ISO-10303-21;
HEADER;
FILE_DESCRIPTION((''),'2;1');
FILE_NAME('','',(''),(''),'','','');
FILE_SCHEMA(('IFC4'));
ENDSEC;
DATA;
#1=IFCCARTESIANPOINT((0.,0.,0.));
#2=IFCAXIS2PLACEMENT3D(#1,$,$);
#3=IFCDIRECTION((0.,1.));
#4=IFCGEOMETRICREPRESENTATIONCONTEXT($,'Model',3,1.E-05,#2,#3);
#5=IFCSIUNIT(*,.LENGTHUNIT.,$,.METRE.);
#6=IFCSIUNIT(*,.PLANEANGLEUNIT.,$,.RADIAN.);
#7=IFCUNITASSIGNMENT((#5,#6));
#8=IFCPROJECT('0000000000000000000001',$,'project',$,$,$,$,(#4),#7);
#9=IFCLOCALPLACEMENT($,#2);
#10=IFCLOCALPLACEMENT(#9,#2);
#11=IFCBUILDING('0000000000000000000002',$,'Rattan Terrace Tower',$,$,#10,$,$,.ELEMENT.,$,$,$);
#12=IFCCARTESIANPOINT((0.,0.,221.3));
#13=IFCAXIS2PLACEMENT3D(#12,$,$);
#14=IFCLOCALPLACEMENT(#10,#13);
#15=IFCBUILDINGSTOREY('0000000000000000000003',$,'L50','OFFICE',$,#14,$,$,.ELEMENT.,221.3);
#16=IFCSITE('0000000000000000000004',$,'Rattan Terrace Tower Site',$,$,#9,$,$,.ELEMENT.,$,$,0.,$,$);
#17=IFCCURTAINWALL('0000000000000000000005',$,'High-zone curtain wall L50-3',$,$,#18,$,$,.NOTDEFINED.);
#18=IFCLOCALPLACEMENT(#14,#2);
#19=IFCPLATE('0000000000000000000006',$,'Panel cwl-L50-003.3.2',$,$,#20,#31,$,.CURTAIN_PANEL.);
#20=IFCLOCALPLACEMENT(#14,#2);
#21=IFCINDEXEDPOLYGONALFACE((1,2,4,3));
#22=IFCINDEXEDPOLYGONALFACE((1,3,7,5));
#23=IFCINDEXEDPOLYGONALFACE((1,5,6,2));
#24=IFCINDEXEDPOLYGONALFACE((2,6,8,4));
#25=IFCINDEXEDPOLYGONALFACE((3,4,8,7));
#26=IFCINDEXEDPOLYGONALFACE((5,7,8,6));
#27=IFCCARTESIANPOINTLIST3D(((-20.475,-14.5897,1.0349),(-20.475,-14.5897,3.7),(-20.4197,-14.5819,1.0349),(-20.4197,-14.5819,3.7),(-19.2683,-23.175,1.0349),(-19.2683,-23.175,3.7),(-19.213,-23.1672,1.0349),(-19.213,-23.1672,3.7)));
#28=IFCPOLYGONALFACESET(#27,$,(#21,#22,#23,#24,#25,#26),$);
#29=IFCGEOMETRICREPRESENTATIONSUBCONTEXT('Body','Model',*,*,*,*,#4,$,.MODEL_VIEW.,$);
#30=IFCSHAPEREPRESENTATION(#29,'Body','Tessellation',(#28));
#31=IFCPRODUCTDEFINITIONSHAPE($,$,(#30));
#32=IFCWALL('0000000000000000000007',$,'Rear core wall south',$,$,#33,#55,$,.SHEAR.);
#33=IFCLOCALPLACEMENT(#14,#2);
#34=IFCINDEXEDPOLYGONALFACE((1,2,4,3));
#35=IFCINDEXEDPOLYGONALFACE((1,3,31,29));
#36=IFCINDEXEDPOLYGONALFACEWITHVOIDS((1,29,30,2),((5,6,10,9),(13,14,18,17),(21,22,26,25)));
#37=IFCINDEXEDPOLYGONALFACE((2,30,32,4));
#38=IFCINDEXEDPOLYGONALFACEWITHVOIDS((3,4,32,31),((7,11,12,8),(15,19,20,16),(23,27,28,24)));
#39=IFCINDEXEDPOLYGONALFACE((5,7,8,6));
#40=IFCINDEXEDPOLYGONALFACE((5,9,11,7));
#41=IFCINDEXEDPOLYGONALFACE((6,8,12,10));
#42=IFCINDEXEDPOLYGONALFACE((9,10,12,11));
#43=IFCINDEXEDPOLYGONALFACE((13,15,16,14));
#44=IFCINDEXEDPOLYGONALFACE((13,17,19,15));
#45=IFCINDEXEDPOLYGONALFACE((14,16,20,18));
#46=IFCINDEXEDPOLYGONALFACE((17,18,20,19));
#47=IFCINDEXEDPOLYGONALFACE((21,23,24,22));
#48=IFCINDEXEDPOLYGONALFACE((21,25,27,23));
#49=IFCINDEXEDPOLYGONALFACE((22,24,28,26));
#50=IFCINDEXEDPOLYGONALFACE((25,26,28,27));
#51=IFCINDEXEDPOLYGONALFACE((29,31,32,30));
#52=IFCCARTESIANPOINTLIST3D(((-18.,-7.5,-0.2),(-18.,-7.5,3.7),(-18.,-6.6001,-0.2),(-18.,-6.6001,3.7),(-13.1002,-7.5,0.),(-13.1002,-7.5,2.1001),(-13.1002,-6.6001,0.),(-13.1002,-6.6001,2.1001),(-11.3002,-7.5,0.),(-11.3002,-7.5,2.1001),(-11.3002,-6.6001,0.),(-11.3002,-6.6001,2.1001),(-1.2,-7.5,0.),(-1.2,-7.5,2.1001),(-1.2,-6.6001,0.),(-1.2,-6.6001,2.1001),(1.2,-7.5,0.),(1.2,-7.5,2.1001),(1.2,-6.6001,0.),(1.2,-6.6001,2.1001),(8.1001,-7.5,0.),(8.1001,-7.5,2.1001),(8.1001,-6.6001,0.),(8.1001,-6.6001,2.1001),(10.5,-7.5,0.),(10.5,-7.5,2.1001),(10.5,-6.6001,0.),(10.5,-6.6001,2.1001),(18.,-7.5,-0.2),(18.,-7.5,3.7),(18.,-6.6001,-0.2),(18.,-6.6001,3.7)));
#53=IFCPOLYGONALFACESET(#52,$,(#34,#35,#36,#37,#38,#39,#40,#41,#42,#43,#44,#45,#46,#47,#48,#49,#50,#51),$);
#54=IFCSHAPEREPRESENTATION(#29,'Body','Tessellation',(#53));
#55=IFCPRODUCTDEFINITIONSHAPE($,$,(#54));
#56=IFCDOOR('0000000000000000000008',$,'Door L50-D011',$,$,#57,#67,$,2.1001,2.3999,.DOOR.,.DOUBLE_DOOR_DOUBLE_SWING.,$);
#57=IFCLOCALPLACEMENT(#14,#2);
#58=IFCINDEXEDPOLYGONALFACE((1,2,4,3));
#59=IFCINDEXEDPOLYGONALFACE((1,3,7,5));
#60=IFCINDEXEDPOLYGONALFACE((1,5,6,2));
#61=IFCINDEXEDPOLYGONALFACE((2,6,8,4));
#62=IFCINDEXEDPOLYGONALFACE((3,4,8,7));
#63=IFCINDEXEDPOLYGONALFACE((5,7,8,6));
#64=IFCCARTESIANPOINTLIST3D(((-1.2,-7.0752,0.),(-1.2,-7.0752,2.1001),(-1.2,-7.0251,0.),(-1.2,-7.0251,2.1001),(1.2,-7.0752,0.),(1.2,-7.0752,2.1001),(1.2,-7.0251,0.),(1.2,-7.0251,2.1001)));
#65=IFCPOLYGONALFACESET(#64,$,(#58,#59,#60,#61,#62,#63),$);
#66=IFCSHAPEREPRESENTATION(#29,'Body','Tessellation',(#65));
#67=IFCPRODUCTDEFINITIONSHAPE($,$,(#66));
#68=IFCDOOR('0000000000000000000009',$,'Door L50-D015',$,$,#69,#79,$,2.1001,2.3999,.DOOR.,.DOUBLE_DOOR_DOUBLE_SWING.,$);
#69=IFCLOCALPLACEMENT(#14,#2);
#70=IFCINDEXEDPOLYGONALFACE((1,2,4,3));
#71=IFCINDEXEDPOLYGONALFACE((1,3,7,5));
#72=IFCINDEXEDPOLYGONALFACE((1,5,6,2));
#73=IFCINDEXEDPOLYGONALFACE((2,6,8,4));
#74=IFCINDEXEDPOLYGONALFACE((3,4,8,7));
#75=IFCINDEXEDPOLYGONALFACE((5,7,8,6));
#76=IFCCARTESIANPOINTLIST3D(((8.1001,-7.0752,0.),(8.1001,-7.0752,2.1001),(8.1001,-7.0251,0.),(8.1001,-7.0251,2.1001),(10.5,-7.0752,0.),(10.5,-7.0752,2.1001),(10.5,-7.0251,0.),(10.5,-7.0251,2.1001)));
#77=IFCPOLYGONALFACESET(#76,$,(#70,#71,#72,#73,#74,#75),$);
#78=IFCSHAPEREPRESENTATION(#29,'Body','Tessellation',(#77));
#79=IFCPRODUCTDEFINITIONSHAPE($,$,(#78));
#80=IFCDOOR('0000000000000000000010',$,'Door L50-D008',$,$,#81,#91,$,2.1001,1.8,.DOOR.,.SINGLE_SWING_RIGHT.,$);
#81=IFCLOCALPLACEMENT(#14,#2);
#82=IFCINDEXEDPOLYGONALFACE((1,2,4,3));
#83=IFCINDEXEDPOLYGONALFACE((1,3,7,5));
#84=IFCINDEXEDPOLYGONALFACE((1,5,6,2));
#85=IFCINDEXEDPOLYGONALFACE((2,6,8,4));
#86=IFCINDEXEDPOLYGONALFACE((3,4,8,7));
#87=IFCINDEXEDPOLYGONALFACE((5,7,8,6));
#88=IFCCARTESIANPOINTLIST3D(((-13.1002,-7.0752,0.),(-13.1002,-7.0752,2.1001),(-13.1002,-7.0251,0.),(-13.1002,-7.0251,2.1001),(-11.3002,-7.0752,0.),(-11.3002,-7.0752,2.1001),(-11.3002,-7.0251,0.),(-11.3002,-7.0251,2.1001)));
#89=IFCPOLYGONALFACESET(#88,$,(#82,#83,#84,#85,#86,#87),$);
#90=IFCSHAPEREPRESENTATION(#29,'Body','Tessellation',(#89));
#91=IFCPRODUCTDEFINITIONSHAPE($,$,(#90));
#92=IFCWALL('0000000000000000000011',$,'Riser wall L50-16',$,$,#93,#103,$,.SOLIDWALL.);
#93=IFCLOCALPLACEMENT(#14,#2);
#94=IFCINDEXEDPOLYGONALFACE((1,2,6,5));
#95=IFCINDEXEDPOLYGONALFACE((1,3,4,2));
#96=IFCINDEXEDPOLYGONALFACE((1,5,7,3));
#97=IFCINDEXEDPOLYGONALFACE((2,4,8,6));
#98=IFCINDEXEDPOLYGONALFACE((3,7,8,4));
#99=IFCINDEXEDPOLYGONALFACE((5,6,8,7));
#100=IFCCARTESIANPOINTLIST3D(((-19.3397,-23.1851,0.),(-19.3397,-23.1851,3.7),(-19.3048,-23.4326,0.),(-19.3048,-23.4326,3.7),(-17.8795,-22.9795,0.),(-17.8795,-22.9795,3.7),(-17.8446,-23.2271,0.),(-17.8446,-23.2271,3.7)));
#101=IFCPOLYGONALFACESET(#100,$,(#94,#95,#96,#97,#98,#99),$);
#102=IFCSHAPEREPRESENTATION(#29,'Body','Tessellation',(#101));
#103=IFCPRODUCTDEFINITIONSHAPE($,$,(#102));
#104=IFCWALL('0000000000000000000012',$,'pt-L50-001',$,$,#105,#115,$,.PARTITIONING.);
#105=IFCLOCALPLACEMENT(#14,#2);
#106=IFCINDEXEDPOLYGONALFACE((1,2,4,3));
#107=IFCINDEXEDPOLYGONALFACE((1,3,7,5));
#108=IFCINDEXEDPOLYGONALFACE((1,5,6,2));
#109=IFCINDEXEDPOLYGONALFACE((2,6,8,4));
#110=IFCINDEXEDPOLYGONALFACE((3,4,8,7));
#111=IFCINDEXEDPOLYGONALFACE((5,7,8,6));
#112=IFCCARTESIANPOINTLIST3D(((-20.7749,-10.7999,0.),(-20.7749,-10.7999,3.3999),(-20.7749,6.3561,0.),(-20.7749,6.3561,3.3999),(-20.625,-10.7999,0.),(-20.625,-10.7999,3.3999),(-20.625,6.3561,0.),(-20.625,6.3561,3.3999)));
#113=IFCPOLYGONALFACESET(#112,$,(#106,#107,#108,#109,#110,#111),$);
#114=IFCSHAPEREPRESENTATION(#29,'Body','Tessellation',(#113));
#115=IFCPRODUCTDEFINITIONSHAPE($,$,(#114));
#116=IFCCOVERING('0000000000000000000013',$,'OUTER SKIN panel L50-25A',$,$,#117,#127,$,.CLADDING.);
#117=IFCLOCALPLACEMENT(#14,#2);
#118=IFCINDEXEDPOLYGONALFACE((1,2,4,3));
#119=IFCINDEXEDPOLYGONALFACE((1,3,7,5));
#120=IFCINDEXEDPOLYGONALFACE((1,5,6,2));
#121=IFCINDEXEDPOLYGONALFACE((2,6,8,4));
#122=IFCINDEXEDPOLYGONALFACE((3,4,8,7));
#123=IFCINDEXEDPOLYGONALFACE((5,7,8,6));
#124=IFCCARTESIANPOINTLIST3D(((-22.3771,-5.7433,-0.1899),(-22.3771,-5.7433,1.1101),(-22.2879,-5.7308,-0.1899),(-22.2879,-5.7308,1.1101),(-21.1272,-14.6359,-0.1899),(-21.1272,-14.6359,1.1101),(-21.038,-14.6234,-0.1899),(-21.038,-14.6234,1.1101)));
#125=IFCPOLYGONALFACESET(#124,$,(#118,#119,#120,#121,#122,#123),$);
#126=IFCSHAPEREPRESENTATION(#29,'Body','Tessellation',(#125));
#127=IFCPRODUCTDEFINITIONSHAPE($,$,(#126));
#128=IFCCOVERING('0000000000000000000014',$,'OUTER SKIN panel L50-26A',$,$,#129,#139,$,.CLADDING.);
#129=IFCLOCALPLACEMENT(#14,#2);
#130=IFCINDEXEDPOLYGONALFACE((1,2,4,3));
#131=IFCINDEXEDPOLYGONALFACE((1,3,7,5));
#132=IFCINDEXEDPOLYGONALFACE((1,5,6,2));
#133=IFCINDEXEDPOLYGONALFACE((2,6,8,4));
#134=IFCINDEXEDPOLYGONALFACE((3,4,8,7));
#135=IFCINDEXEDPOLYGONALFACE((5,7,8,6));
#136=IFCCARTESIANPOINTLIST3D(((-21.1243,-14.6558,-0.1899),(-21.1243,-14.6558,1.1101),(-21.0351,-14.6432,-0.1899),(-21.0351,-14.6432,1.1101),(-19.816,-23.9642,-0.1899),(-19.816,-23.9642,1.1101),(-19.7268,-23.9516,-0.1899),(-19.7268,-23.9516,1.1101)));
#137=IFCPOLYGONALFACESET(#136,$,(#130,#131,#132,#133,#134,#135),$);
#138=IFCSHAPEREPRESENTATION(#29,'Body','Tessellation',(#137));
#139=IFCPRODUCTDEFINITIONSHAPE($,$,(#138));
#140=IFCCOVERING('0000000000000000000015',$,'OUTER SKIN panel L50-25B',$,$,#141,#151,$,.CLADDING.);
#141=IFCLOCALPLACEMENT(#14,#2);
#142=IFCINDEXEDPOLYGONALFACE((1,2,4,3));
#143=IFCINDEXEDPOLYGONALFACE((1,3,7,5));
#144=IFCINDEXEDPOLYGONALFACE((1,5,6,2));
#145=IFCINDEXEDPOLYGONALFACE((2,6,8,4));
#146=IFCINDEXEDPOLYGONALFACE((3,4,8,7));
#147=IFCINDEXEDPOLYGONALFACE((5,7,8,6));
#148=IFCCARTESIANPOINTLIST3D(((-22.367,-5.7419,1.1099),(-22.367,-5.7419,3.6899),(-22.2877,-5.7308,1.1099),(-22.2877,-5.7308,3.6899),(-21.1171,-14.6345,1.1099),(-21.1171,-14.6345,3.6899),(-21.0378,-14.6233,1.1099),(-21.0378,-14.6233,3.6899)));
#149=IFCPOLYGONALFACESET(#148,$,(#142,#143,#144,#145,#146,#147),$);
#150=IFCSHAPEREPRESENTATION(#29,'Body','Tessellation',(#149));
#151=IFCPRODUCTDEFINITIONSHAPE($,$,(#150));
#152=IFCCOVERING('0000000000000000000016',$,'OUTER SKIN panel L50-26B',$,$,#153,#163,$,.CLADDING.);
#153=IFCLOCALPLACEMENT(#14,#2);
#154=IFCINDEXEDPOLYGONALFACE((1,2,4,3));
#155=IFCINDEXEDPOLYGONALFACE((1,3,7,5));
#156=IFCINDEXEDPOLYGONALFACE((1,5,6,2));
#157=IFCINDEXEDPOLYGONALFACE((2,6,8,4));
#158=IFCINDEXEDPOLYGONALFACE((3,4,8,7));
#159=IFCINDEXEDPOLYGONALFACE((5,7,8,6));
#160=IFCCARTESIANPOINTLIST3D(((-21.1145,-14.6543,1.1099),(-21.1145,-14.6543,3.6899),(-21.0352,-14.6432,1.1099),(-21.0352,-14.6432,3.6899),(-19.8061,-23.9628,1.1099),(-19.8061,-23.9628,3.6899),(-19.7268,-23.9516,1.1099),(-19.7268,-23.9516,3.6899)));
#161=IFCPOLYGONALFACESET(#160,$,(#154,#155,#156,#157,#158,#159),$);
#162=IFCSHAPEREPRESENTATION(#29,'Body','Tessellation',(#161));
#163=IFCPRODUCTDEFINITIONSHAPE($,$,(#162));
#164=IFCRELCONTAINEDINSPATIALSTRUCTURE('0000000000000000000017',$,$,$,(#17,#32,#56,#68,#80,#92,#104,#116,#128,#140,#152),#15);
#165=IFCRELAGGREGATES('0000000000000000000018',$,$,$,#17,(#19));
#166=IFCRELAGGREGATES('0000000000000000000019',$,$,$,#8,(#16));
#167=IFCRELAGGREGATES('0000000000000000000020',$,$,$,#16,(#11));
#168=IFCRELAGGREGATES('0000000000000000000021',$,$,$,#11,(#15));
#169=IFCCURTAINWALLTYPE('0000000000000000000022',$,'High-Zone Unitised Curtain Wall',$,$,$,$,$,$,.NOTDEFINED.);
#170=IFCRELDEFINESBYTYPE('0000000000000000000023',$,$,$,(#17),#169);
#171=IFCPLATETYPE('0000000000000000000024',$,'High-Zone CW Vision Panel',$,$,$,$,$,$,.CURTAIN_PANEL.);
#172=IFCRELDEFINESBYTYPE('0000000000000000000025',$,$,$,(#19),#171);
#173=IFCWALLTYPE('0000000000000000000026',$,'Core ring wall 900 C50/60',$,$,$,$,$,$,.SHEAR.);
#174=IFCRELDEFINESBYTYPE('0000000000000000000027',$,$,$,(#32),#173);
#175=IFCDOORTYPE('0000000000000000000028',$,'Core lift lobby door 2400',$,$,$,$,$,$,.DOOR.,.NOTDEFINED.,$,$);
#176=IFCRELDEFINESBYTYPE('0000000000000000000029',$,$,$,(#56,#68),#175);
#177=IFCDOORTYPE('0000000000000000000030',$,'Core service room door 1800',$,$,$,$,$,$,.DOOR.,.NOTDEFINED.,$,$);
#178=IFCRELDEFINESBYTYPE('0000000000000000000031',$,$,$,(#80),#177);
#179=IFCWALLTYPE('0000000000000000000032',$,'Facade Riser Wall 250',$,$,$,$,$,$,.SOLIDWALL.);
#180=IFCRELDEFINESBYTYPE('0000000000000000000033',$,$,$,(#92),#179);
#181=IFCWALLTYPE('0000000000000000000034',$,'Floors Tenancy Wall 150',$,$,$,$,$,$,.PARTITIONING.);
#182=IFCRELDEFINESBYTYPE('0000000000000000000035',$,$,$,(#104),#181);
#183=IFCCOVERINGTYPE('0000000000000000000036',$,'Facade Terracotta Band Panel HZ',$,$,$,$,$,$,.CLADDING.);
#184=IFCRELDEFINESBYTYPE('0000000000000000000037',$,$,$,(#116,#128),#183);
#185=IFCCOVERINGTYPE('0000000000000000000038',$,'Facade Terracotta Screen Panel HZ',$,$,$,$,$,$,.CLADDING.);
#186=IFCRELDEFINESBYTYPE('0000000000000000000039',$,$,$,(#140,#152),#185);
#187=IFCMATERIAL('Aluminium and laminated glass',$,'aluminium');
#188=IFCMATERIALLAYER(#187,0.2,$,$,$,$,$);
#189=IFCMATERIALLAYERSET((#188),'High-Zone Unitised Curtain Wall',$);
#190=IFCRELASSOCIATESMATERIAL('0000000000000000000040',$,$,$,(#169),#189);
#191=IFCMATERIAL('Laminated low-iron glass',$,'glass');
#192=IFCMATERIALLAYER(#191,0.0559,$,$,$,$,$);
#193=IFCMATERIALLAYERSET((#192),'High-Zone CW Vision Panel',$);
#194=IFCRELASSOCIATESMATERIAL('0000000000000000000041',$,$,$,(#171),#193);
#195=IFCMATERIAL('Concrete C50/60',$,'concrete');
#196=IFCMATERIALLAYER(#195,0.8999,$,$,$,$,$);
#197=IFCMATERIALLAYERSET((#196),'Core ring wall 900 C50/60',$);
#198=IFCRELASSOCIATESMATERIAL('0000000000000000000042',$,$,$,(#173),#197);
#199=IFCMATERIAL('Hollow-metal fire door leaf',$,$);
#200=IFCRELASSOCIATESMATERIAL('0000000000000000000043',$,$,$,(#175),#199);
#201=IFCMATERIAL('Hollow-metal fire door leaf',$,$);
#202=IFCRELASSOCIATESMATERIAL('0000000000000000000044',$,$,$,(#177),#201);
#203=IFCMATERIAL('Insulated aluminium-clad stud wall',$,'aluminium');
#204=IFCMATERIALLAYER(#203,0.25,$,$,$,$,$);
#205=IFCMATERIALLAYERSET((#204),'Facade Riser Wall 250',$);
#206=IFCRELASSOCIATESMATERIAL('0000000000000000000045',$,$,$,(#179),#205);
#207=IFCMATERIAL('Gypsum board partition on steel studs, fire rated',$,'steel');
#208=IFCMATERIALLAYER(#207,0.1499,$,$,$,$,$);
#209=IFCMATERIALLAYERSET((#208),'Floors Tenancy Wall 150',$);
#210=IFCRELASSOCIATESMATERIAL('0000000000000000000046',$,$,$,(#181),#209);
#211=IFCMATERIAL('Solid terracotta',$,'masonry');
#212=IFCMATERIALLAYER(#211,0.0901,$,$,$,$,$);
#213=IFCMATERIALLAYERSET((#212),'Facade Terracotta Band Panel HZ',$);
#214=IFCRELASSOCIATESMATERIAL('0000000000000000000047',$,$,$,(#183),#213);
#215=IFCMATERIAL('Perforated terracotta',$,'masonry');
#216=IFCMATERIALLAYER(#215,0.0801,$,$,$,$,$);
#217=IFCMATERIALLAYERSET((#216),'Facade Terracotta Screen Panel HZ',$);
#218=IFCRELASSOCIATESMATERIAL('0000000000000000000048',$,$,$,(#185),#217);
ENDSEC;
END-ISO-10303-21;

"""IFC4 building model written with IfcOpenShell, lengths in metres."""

from ifc_helpers import new_model, si_unit, direction, frame, frame_2d, origin, origin_2d, place, context, subcontext, project, spatial, rectangle, extrude, material, layer, layer_set, type_object, element, fill, aggregate, save


model = new_model("IFC4")

# Units and contexts
model_context = context("Model", 3, precision=1e-05, world=origin(), true_north=direction((0.0, 1.0)))
body_context = subcontext(model_context, "Body", "Model", "MODEL_VIEW")
ifc_project = project(units=[si_unit("LENGTHUNIT", "METRE"), si_unit("PLANEANGLEUNIT", "RADIAN")], contexts=[model_context])

# Site, building, storey
site_placement = place(None, origin())
site = spatial("IfcSite", under=ifc_project, at=site_placement, Name="Rattan Terrace Tower Site", CompositionType="ELEMENT", RefElevation=0.0)
building_placement = place(site_placement, origin())
building = spatial("IfcBuilding", under=site, at=building_placement, Name="Rattan Terrace Tower", CompositionType="ELEMENT")
storey_placement = place(building_placement, frame((0.0, 0.0, 221.3)))
storey = spatial("IfcBuildingStorey", under=building, at=storey_placement, Name="L50", Description="OFFICE", CompositionType="ELEMENT", Elevation=221.3)

# Curtain wall, plate
ifc_material_1 = material(Name="Aluminium and laminated glass", Category="aluminium")
ifc_layer_1 = layer(ifc_material_1, 0.2)
ifc_layer_set_1 = layer_set([ifc_layer_1], Name="High-Zone Unitised Curtain Wall")
curtain_wall_type = type_object("IfcCurtainWallType", Name="High-Zone Unitised Curtain Wall", PredefinedType="NOTDEFINED", material=ifc_layer_set_1)
curtain_wall_placement = place(storey_placement, origin())
curtain_wall = element("IfcCurtainWall", 1, at=curtain_wall_placement, inside=storey, type_object=curtain_wall_type, Name="High-zone curtain wall L50-3", PredefinedType="NOTDEFINED")
ifc_material_2 = material(Name="Laminated low-iron glass", Category="glass")
ifc_layer_2 = layer(ifc_material_2, 0.0559)
ifc_layer_set_2 = layer_set([ifc_layer_2], Name="High-Zone CW Vision Panel")
plate_type_1 = type_object("IfcPlateType", Name="High-Zone CW Vision Panel", PredefinedType="CURTAIN_PANEL", material=ifc_layer_set_2)
plate_1_placement = place(storey_placement, frame((-19.844, -18.8784, 1.0349), z_axis=(0.0, 0.0, 1.0), x_axis=(0.139186, -0.990266, 0.0)))
plate_1 = element("IfcPlate", 2, at=plate_1_placement, type_object=plate_type_1, Name="Panel cwl-L50-003.3.2", PredefinedType="CURTAIN_PANEL", context=body_context, shape_type="SweptSolid", body=[
    extrude(rectangle(XDim=8.6697, YDim=0.0559, at=origin_2d()), origin(), (0.0, 0.0, 1.0), 2.665),
])
aggregate(curtain_wall, [plate_1])

# Wall, openings, doors
ifc_material_3 = material(Name="Concrete C50/60", Category="concrete")
ifc_layer_3 = layer(ifc_material_3, 0.8999)
ifc_layer_set_3 = layer_set([ifc_layer_3], Name="Core ring wall 900 C50/60")
wall_type_1 = type_object("IfcWallType", Name="Core ring wall 900 C50/60", PredefinedType="SHEAR", material=ifc_layer_set_3)
wall_1_placement = place(storey_placement, frame((-18.0, -7.05, -0.2), z_axis=(0.0, 0.0, 1.0), x_axis=(1.0, 0.0, 0.0)))
wall_1 = element("IfcWall", 3, at=wall_1_placement, inside=storey, type_object=wall_type_1, Name="Rear core wall south", PredefinedType="SHEAR", context=body_context, shape_type="SweptSolid", body=[
    extrude(rectangle(XDim=36.0, YDim=0.8999, at=frame_2d((18.0, 0.0))), origin(), (0.0, 0.0, 1.0), 3.8999),
])
opening_1_placement = place(wall_1_placement, frame((4.8999, 0.0, 0.2)))
opening_1 = element("IfcOpeningElement", 4, at=opening_1_placement, cuts=wall_1, PredefinedType="OPENING", context=body_context, shape_type="SweptSolid", body=[
    extrude(rectangle(XDim=1.8, YDim=2.1001, at=frame_2d((0.8999, 1.05))), frame((0.0, 0.4604, 0.0), z_axis=(0.0, -1.0, 0.0), x_axis=(1.0, 0.0, 0.0)), (0.0, 0.0, 1.0), 0.9209),
])
opening_2_placement = place(wall_1_placement, frame((16.8, 0.0, 0.2)))
opening_2 = element("IfcOpeningElement", 5, at=opening_2_placement, cuts=wall_1, PredefinedType="OPENING", context=body_context, shape_type="SweptSolid", body=[
    extrude(rectangle(XDim=2.3999, YDim=2.1001, at=frame_2d((1.2, 1.05))), frame((0.0, 0.4604, 0.0), z_axis=(0.0, -1.0, 0.0), x_axis=(1.0, 0.0, 0.0)), (0.0, 0.0, 1.0), 0.9209),
])
opening_3_placement = place(wall_1_placement, frame((26.1001, 0.0, 0.2)))
opening_3 = element("IfcOpeningElement", 6, at=opening_3_placement, cuts=wall_1, PredefinedType="OPENING", context=body_context, shape_type="SweptSolid", body=[
    extrude(rectangle(XDim=2.3999, YDim=2.1001, at=frame_2d((1.2, 1.05))), frame((0.0, 0.4604, 0.0), z_axis=(0.0, -1.0, 0.0), x_axis=(1.0, 0.0, 0.0)), (0.0, 0.0, 1.0), 0.9209),
])
ifc_material_4 = material(Name="Hollow-metal fire door leaf")
door_type_1 = type_object("IfcDoorType", Name="Core lift lobby door 2400", OperationType="NOTDEFINED", PredefinedType="DOOR", material=ifc_material_4)
door_1_placement = place(opening_2_placement, origin())
door_1 = element("IfcDoor", 7, at=door_1_placement, inside=storey, type_object=door_type_1, Name="Door L50-D011", OperationType="DOUBLE_DOOR_DOUBLE_SWING", OverallHeight=2.1001, OverallWidth=2.3999, PredefinedType="DOOR", context=body_context, shape_type="SweptSolid", body=[
    extrude(rectangle(XDim=2.3999, YDim=2.1001, at=frame_2d((1.2, 1.05))), frame((0.0, 0.0249, 0.0), z_axis=(0.0, -1.0, 0.0), x_axis=(1.0, 0.0, 0.0)), (0.0, 0.0, 1.0), 0.05),
])
fill(opening_2, door_1)
door_2_placement = place(opening_3_placement, origin())
door_2 = element("IfcDoor", 8, at=door_2_placement, inside=storey, type_object=door_type_1, Name="Door L50-D015", OperationType="DOUBLE_DOOR_DOUBLE_SWING", OverallHeight=2.1001, OverallWidth=2.3999, PredefinedType="DOOR", context=body_context, shape_type="SweptSolid", body=[
    extrude(rectangle(XDim=2.3999, YDim=2.1001, at=frame_2d((1.2, 1.05))), frame((0.0, 0.0249, 0.0), z_axis=(0.0, -1.0, 0.0), x_axis=(1.0, 0.0, 0.0)), (0.0, 0.0, 1.0), 0.05),
])
fill(opening_3, door_2)
ifc_material_5 = material(Name="Hollow-metal fire door leaf")
door_type_2 = type_object("IfcDoorType", Name="Core service room door 1800", OperationType="NOTDEFINED", PredefinedType="DOOR", material=ifc_material_5)
door_3_placement = place(opening_1_placement, origin())
door_3 = element("IfcDoor", 9, at=door_3_placement, inside=storey, type_object=door_type_2, Name="Door L50-D008", OperationType="SINGLE_SWING_RIGHT", OverallHeight=2.1001, OverallWidth=1.8, PredefinedType="DOOR", context=body_context, shape_type="SweptSolid", body=[
    extrude(rectangle(XDim=1.8, YDim=2.1001, at=frame_2d((0.8999, 1.05))), frame((0.0, 0.0249, 0.0), z_axis=(0.0, -1.0, 0.0), x_axis=(1.0, 0.0, 0.0)), (0.0, 0.0, 1.0), 0.05),
])
fill(opening_1, door_3)

# Walls
ifc_material_6 = material(Name="Insulated aluminium-clad stud wall", Category="aluminium")
ifc_layer_4 = layer(ifc_material_6, 0.25)
ifc_layer_set_4 = layer_set([ifc_layer_4], Name="Facade Riser Wall 250")
wall_type_2 = type_object("IfcWallType", Name="Facade Riser Wall 250", PredefinedType="SOLIDWALL", material=ifc_layer_set_4)
wall_2_placement = place(storey_placement, frame((-19.3223, -23.3088, 0.0), z_axis=(0.0, 0.0, 1.0), x_axis=(0.990236, 0.139404, 0.0)))
element("IfcWall", 10, at=wall_2_placement, inside=storey, type_object=wall_type_2, Name="Riser wall L50-16", PredefinedType="SOLIDWALL", context=body_context, shape_type="SweptSolid", body=[
    extrude(rectangle(XDim=1.4746, YDim=0.25, at=frame_2d((0.7373, 0.0))), origin(), (0.0, 0.0, 1.0), 3.7),
])
ifc_material_7 = material(Name="Gypsum board partition on steel studs, fire rated", Category="steel")
ifc_layer_5 = layer(ifc_material_7, 0.1499)
ifc_layer_set_5 = layer_set([ifc_layer_5], Name="Floors Tenancy Wall 150")
wall_type_3 = type_object("IfcWallType", Name="Floors Tenancy Wall 150", PredefinedType="PARTITIONING", material=ifc_layer_set_5)
wall_3_placement = place(storey_placement, frame((-20.7, -10.8, 0.0), z_axis=(0.0, 0.0, 1.0), x_axis=(0.0, 1.0, 0.0)))
element("IfcWall", 11, at=wall_3_placement, inside=storey, type_object=wall_type_3, Name="pt-L50-001", PredefinedType="PARTITIONING", context=body_context, shape_type="SweptSolid", body=[
    extrude(rectangle(XDim=17.156, YDim=0.1499, at=frame_2d((8.5781, 0.0))), origin(), (0.0, 0.0, 1.0), 3.3999),
])

# Coverings
ifc_material_8 = material(Name="Solid terracotta", Category="masonry")
ifc_layer_6 = layer(ifc_material_8, 0.0901)
ifc_layer_set_6 = layer_set([ifc_layer_6], Name="Facade Terracotta Band Panel HZ")
covering_type_1 = type_object("IfcCoveringType", Name="Facade Terracotta Band Panel HZ", PredefinedType="CLADDING", material=ifc_layer_set_6)
covering_1_placement = place(storey_placement, frame((-21.7075, -10.1833, -0.1899), z_axis=(0.0, 0.0, 1.0), x_axis=(0.139186, -0.990266, 0.0)))
element("IfcCovering", 12, at=covering_1_placement, inside=storey, type_object=covering_type_1, Name="OUTER SKIN panel L50-25A", PredefinedType="CLADDING", context=body_context, shape_type="SweptSolid", body=[
    extrude(rectangle(XDim=8.98, YDim=0.0901, at=origin_2d()), origin(), (0.0, 0.0, 1.0), 1.3),
])
covering_2_placement = place(storey_placement, frame((-20.4255, -19.3037, -0.1899), z_axis=(0.0, 0.0, 1.0), x_axis=(0.139186, -0.990266, 0.0)))
element("IfcCovering", 13, at=covering_2_placement, inside=storey, type_object=covering_type_1, Name="OUTER SKIN panel L50-26A", PredefinedType="CLADDING", context=body_context, shape_type="SweptSolid", body=[
    extrude(rectangle(XDim=9.3999, YDim=0.0901, at=origin_2d()), origin(), (0.0, 0.0, 1.0), 1.3),
])
ifc_material_9 = material(Name="Perforated terracotta", Category="masonry")
ifc_layer_7 = layer(ifc_material_9, 0.0801)
ifc_layer_set_7 = layer_set([ifc_layer_7], Name="Facade Terracotta Screen Panel HZ")
covering_type_2 = type_object("IfcCoveringType", Name="Facade Terracotta Screen Panel HZ", PredefinedType="CLADDING", material=ifc_layer_set_7)
covering_3_placement = place(storey_placement, frame((-21.7024, -10.1826, 1.1099), z_axis=(0.0, 0.0, 1.0), x_axis=(0.139186, -0.990266, 0.0)))
element("IfcCovering", 14, at=covering_3_placement, inside=storey, type_object=covering_type_2, Name="OUTER SKIN panel L50-25B", PredefinedType="CLADDING", context=body_context, shape_type="SweptSolid", body=[
    extrude(rectangle(XDim=8.98, YDim=0.0801, at=origin_2d()), origin(), (0.0, 0.0, 1.0), 2.5801),
])
covering_4_placement = place(storey_placement, frame((-20.4207, -19.303, 1.1099), z_axis=(0.0, 0.0, 1.0), x_axis=(0.139186, -0.990266, 0.0)))
element("IfcCovering", 15, at=covering_4_placement, inside=storey, type_object=covering_type_2, Name="OUTER SKIN panel L50-26B", PredefinedType="CLADDING", context=body_context, shape_type="SweptSolid", body=[
    extrude(rectangle(XDim=9.3999, YDim=0.0801, at=origin_2d()), origin(), (0.0, 0.0, 1.0), 2.5801),
])

save(model, "model.ifc")
